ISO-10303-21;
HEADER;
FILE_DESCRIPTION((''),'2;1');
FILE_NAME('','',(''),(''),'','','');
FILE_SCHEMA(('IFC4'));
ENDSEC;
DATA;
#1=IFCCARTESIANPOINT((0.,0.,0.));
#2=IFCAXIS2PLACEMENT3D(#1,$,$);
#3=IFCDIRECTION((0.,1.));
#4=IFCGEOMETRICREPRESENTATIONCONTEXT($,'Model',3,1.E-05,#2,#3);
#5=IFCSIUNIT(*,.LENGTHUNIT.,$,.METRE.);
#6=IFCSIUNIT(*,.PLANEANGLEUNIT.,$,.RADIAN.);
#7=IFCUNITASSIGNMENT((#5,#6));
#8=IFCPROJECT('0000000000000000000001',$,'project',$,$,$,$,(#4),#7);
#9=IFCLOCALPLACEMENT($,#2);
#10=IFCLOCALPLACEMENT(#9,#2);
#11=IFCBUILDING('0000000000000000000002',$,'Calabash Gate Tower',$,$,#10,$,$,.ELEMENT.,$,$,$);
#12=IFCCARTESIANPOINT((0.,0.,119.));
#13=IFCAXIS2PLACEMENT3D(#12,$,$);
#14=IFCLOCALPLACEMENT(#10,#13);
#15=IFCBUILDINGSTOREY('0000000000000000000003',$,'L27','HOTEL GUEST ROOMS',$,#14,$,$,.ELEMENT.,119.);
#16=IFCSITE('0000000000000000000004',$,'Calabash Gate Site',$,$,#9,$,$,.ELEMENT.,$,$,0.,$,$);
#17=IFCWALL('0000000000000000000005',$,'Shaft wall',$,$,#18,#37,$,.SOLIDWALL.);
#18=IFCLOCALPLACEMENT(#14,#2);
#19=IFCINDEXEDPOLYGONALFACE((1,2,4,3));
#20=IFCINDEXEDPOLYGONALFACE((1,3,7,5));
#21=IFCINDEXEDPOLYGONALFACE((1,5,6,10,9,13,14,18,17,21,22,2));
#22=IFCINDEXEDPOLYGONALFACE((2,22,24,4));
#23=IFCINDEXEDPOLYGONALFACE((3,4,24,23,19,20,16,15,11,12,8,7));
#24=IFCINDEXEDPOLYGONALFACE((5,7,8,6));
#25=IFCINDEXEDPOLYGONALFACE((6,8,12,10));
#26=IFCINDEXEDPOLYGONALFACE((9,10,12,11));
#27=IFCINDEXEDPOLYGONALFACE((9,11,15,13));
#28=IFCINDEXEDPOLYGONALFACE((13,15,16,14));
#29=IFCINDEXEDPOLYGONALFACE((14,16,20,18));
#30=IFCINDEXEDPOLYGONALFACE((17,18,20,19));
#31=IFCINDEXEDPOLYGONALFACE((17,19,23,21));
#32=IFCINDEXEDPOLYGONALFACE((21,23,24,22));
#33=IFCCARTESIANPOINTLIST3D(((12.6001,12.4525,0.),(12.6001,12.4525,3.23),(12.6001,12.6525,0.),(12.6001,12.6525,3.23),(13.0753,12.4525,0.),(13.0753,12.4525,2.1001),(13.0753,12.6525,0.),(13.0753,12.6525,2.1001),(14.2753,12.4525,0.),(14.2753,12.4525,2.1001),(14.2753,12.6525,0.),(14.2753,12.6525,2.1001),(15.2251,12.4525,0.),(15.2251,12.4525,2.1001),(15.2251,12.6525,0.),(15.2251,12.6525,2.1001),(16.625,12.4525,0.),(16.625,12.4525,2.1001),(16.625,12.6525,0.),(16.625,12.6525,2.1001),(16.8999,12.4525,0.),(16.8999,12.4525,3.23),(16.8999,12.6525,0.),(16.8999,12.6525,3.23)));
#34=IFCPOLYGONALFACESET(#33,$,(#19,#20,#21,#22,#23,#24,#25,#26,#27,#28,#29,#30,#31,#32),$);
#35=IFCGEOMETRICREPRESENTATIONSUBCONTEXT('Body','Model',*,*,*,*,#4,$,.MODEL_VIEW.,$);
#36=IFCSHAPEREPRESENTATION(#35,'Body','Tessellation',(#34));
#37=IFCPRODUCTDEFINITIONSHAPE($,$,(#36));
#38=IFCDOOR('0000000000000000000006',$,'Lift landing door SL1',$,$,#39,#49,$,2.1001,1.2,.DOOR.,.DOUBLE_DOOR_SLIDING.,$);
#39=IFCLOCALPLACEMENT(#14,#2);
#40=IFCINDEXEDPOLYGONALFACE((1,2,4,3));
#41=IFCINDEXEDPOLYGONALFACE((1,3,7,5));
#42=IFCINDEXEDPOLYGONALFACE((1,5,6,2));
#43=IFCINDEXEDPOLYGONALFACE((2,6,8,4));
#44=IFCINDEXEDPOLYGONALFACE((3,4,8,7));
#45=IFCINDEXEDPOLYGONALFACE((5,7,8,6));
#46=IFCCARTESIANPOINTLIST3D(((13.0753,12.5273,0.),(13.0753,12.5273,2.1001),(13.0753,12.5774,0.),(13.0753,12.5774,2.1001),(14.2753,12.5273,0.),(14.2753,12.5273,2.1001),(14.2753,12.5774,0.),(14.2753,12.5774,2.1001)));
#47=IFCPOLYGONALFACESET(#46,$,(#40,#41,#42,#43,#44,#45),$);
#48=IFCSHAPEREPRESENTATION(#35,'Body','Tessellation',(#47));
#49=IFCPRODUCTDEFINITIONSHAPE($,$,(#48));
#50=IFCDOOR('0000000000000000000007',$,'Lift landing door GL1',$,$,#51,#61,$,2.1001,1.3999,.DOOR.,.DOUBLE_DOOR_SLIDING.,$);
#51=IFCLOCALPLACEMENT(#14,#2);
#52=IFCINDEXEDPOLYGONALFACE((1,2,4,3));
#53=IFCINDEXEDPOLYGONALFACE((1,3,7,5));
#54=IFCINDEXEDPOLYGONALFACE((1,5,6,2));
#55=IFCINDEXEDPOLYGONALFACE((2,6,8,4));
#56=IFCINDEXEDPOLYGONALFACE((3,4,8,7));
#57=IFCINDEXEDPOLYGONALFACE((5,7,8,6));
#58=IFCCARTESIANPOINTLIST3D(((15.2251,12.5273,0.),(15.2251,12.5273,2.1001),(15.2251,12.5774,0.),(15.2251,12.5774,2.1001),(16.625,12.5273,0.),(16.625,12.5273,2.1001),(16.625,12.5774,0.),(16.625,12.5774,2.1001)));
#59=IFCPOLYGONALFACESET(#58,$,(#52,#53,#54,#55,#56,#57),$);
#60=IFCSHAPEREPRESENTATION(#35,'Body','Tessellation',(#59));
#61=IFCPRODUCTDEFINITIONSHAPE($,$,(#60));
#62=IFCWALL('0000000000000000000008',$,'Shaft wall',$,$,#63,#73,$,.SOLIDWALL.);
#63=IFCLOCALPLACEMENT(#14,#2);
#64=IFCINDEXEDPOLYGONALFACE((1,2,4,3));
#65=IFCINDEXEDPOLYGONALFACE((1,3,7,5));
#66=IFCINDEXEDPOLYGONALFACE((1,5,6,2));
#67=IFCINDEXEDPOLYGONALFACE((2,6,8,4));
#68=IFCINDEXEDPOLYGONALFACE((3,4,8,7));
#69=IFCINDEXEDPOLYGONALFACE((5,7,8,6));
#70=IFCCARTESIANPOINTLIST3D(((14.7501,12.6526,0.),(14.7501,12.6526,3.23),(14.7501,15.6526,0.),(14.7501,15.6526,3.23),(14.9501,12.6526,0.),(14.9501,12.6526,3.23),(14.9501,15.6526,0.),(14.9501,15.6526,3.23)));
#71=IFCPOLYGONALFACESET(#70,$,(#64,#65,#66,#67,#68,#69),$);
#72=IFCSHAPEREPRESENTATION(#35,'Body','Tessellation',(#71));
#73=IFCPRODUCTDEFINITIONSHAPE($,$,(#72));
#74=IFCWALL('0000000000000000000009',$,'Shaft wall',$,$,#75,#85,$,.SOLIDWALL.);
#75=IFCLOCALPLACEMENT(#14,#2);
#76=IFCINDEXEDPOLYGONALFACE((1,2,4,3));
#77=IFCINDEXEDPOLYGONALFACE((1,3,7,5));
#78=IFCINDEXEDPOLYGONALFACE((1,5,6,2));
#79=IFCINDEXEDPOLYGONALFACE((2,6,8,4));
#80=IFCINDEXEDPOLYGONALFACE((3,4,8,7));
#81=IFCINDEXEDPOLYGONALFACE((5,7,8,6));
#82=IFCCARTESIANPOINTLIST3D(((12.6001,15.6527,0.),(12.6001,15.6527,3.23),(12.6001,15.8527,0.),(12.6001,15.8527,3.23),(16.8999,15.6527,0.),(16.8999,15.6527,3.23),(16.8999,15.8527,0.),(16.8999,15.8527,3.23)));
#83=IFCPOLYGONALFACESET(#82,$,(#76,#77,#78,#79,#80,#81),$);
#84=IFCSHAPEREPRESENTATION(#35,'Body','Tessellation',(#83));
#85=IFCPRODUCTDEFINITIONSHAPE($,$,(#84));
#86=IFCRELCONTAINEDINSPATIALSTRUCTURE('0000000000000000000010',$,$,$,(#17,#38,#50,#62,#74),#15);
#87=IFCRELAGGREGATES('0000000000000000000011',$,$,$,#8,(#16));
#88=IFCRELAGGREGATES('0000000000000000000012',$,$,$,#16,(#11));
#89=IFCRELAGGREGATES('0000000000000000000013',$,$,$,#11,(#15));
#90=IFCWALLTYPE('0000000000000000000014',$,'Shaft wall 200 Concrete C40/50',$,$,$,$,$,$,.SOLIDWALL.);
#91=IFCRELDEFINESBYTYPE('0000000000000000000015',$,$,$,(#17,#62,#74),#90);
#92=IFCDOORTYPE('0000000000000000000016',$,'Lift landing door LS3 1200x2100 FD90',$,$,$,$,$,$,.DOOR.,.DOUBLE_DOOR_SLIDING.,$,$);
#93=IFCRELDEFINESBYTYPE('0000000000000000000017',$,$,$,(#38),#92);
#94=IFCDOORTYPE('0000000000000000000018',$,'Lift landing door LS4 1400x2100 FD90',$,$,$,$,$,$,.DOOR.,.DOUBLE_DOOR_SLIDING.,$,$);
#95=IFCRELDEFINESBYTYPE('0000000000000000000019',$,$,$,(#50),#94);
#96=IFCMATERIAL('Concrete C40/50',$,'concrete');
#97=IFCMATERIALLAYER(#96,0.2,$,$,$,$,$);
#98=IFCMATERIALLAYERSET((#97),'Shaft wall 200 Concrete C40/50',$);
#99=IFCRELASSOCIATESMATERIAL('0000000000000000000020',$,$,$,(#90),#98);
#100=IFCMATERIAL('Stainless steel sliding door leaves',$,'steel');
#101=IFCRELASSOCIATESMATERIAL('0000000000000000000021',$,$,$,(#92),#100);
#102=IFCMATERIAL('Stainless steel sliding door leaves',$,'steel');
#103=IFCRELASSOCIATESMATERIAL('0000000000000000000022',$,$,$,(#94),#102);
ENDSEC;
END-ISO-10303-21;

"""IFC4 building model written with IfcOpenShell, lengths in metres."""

from ifc_helpers import new_model, si_unit, direction, frame, frame_2d, origin, place, context, subcontext, project, spatial, rectangle, extrude, material, layer, layer_set, type_object, element, fill, save


model = new_model("IFC4")

# Units and contexts
model_context = context("Model", 3, precision=1e-05, world=origin(), true_north=direction((0.0, 1.0)))
body_context = subcontext(model_context, "Body", "Model", "MODEL_VIEW")
ifc_project = project(units=[si_unit("LENGTHUNIT", "METRE"), si_unit("PLANEANGLEUNIT", "RADIAN")], contexts=[model_context])

# Site, building, storey
site_placement = place(None, origin())
site = spatial("IfcSite", under=ifc_project, at=site_placement, Name="Calabash Gate Site", CompositionType="ELEMENT", RefElevation=0.0)
building_placement = place(site_placement, origin())
building = spatial("IfcBuilding", under=site, at=building_placement, Name="Calabash Gate Tower", CompositionType="ELEMENT")
storey_placement = place(building_placement, frame((0.0, 0.0, 119.0)))
storey = spatial("IfcBuildingStorey", under=building, at=storey_placement, Name="L27", Description="HOTEL GUEST ROOMS", CompositionType="ELEMENT", Elevation=119.0)

# Wall, openings, doors
ifc_material_1 = material(Name="Concrete C40/50", Category="concrete")
ifc_layer_1 = layer(ifc_material_1, 0.2)
ifc_layer_set_1 = layer_set([ifc_layer_1], Name="Shaft wall 200 Concrete C40/50")
wall_type_1 = type_object("IfcWallType", Name="Shaft wall 200 Concrete C40/50", PredefinedType="SOLIDWALL", material=ifc_layer_set_1)
wall_1_placement = place(storey_placement, frame((12.6001, 12.5525, 0.0), z_axis=(0.0, 0.0, 1.0), x_axis=(1.0, 0.0, 0.0)))
wall_1 = element("IfcWall", 1, at=wall_1_placement, inside=storey, type_object=wall_type_1, Name="Shaft wall", PredefinedType="SOLIDWALL", context=body_context, shape_type="SweptSolid", body=[
    extrude(rectangle(XDim=4.2998, YDim=0.2, at=frame_2d((2.1499, 0.0))), origin(), (0.0, 0.0, 1.0), 3.23),
])
opening_1_placement = place(wall_1_placement, frame((0.4751, 0.0, 0.0)))
opening_1 = element("IfcOpeningElement", 2, at=opening_1_placement, cuts=wall_1, PredefinedType="OPENING", context=body_context, shape_type="SweptSolid", body=[
    extrude(rectangle(XDim=1.2, YDim=2.1001, at=frame_2d((0.6001, 1.05))), frame((0.0, 0.1099, 0.0), z_axis=(0.0, -1.0, 0.0), x_axis=(1.0, 0.0, 0.0)), (0.0, 0.0, 1.0), 0.22),
])
opening_2_placement = place(wall_1_placement, frame((2.625, 0.0, 0.0)))
opening_2 = element("IfcOpeningElement", 3, at=opening_2_placement, cuts=wall_1, PredefinedType="OPENING", context=body_context, shape_type="SweptSolid", body=[
    extrude(rectangle(XDim=1.3999, YDim=2.1001, at=frame_2d((0.7, 1.05))), frame((0.0, 0.1099, 0.0), z_axis=(0.0, -1.0, 0.0), x_axis=(1.0, 0.0, 0.0)), (0.0, 0.0, 1.0), 0.22),
])
ifc_material_2 = material(Name="Stainless steel sliding door leaves", Category="steel")
door_type_1 = type_object("IfcDoorType", Name="Lift landing door LS3 1200x2100 FD90", OperationType="DOUBLE_DOOR_SLIDING", PredefinedType="DOOR", material=ifc_material_2)
door_1_placement = place(opening_1_placement, origin())
door_1 = element("IfcDoor", 4, at=door_1_placement, inside=storey, type_object=door_type_1, Name="Lift landing door SL1", OperationType="DOUBLE_DOOR_SLIDING", OverallHeight=2.1001, OverallWidth=1.2, PredefinedType="DOOR", context=body_context, shape_type="SweptSolid", body=[
    extrude(rectangle(XDim=1.2, YDim=2.1001, at=frame_2d((0.6001, 1.05))), frame((0.0, 0.0249, 0.0), z_axis=(0.0, -1.0, 0.0), x_axis=(1.0, 0.0, 0.0)), (0.0, 0.0, 1.0), 0.05),
])
fill(opening_1, door_1)
ifc_material_3 = material(Name="Stainless steel sliding door leaves", Category="steel")
door_type_2 = type_object("IfcDoorType", Name="Lift landing door LS4 1400x2100 FD90", OperationType="DOUBLE_DOOR_SLIDING", PredefinedType="DOOR", material=ifc_material_3)
door_2_placement = place(opening_2_placement, origin())
door_2 = element("IfcDoor", 5, at=door_2_placement, inside=storey, type_object=door_type_2, Name="Lift landing door GL1", OperationType="DOUBLE_DOOR_SLIDING", OverallHeight=2.1001, OverallWidth=1.3999, PredefinedType="DOOR", context=body_context, shape_type="SweptSolid", body=[
    extrude(rectangle(XDim=1.3999, YDim=2.1001, at=frame_2d((0.7, 1.05))), frame((0.0, 0.0249, 0.0), z_axis=(0.0, -1.0, 0.0), x_axis=(1.0, 0.0, 0.0)), (0.0, 0.0, 1.0), 0.05),
])
fill(opening_2, door_2)

# Walls
wall_2_placement = place(storey_placement, frame((14.8501, 12.6526, 0.0), z_axis=(0.0, 0.0, 1.0), x_axis=(0.0, 1.0, 0.0)))
element("IfcWall", 6, at=wall_2_placement, inside=storey, type_object=wall_type_1, Name="Shaft wall", PredefinedType="SOLIDWALL", context=body_context, shape_type="SweptSolid", body=[
    extrude(rectangle(XDim=3.0, YDim=0.2, at=frame_2d((1.5, 0.0))), origin(), (0.0, 0.0, 1.0), 3.23),
])
wall_3_placement = place(storey_placement, frame((12.6001, 15.7527, 0.0), z_axis=(0.0, 0.0, 1.0), x_axis=(1.0, 0.0, 0.0)))
element("IfcWall", 7, at=wall_3_placement, inside=storey, type_object=wall_type_1, Name="Shaft wall", PredefinedType="SOLIDWALL", context=body_context, shape_type="SweptSolid", body=[
    extrude(rectangle(XDim=4.2998, YDim=0.2, at=frame_2d((2.1499, 0.0))), origin(), (0.0, 0.0, 1.0), 3.23),
])

save(model, "model.ifc")
